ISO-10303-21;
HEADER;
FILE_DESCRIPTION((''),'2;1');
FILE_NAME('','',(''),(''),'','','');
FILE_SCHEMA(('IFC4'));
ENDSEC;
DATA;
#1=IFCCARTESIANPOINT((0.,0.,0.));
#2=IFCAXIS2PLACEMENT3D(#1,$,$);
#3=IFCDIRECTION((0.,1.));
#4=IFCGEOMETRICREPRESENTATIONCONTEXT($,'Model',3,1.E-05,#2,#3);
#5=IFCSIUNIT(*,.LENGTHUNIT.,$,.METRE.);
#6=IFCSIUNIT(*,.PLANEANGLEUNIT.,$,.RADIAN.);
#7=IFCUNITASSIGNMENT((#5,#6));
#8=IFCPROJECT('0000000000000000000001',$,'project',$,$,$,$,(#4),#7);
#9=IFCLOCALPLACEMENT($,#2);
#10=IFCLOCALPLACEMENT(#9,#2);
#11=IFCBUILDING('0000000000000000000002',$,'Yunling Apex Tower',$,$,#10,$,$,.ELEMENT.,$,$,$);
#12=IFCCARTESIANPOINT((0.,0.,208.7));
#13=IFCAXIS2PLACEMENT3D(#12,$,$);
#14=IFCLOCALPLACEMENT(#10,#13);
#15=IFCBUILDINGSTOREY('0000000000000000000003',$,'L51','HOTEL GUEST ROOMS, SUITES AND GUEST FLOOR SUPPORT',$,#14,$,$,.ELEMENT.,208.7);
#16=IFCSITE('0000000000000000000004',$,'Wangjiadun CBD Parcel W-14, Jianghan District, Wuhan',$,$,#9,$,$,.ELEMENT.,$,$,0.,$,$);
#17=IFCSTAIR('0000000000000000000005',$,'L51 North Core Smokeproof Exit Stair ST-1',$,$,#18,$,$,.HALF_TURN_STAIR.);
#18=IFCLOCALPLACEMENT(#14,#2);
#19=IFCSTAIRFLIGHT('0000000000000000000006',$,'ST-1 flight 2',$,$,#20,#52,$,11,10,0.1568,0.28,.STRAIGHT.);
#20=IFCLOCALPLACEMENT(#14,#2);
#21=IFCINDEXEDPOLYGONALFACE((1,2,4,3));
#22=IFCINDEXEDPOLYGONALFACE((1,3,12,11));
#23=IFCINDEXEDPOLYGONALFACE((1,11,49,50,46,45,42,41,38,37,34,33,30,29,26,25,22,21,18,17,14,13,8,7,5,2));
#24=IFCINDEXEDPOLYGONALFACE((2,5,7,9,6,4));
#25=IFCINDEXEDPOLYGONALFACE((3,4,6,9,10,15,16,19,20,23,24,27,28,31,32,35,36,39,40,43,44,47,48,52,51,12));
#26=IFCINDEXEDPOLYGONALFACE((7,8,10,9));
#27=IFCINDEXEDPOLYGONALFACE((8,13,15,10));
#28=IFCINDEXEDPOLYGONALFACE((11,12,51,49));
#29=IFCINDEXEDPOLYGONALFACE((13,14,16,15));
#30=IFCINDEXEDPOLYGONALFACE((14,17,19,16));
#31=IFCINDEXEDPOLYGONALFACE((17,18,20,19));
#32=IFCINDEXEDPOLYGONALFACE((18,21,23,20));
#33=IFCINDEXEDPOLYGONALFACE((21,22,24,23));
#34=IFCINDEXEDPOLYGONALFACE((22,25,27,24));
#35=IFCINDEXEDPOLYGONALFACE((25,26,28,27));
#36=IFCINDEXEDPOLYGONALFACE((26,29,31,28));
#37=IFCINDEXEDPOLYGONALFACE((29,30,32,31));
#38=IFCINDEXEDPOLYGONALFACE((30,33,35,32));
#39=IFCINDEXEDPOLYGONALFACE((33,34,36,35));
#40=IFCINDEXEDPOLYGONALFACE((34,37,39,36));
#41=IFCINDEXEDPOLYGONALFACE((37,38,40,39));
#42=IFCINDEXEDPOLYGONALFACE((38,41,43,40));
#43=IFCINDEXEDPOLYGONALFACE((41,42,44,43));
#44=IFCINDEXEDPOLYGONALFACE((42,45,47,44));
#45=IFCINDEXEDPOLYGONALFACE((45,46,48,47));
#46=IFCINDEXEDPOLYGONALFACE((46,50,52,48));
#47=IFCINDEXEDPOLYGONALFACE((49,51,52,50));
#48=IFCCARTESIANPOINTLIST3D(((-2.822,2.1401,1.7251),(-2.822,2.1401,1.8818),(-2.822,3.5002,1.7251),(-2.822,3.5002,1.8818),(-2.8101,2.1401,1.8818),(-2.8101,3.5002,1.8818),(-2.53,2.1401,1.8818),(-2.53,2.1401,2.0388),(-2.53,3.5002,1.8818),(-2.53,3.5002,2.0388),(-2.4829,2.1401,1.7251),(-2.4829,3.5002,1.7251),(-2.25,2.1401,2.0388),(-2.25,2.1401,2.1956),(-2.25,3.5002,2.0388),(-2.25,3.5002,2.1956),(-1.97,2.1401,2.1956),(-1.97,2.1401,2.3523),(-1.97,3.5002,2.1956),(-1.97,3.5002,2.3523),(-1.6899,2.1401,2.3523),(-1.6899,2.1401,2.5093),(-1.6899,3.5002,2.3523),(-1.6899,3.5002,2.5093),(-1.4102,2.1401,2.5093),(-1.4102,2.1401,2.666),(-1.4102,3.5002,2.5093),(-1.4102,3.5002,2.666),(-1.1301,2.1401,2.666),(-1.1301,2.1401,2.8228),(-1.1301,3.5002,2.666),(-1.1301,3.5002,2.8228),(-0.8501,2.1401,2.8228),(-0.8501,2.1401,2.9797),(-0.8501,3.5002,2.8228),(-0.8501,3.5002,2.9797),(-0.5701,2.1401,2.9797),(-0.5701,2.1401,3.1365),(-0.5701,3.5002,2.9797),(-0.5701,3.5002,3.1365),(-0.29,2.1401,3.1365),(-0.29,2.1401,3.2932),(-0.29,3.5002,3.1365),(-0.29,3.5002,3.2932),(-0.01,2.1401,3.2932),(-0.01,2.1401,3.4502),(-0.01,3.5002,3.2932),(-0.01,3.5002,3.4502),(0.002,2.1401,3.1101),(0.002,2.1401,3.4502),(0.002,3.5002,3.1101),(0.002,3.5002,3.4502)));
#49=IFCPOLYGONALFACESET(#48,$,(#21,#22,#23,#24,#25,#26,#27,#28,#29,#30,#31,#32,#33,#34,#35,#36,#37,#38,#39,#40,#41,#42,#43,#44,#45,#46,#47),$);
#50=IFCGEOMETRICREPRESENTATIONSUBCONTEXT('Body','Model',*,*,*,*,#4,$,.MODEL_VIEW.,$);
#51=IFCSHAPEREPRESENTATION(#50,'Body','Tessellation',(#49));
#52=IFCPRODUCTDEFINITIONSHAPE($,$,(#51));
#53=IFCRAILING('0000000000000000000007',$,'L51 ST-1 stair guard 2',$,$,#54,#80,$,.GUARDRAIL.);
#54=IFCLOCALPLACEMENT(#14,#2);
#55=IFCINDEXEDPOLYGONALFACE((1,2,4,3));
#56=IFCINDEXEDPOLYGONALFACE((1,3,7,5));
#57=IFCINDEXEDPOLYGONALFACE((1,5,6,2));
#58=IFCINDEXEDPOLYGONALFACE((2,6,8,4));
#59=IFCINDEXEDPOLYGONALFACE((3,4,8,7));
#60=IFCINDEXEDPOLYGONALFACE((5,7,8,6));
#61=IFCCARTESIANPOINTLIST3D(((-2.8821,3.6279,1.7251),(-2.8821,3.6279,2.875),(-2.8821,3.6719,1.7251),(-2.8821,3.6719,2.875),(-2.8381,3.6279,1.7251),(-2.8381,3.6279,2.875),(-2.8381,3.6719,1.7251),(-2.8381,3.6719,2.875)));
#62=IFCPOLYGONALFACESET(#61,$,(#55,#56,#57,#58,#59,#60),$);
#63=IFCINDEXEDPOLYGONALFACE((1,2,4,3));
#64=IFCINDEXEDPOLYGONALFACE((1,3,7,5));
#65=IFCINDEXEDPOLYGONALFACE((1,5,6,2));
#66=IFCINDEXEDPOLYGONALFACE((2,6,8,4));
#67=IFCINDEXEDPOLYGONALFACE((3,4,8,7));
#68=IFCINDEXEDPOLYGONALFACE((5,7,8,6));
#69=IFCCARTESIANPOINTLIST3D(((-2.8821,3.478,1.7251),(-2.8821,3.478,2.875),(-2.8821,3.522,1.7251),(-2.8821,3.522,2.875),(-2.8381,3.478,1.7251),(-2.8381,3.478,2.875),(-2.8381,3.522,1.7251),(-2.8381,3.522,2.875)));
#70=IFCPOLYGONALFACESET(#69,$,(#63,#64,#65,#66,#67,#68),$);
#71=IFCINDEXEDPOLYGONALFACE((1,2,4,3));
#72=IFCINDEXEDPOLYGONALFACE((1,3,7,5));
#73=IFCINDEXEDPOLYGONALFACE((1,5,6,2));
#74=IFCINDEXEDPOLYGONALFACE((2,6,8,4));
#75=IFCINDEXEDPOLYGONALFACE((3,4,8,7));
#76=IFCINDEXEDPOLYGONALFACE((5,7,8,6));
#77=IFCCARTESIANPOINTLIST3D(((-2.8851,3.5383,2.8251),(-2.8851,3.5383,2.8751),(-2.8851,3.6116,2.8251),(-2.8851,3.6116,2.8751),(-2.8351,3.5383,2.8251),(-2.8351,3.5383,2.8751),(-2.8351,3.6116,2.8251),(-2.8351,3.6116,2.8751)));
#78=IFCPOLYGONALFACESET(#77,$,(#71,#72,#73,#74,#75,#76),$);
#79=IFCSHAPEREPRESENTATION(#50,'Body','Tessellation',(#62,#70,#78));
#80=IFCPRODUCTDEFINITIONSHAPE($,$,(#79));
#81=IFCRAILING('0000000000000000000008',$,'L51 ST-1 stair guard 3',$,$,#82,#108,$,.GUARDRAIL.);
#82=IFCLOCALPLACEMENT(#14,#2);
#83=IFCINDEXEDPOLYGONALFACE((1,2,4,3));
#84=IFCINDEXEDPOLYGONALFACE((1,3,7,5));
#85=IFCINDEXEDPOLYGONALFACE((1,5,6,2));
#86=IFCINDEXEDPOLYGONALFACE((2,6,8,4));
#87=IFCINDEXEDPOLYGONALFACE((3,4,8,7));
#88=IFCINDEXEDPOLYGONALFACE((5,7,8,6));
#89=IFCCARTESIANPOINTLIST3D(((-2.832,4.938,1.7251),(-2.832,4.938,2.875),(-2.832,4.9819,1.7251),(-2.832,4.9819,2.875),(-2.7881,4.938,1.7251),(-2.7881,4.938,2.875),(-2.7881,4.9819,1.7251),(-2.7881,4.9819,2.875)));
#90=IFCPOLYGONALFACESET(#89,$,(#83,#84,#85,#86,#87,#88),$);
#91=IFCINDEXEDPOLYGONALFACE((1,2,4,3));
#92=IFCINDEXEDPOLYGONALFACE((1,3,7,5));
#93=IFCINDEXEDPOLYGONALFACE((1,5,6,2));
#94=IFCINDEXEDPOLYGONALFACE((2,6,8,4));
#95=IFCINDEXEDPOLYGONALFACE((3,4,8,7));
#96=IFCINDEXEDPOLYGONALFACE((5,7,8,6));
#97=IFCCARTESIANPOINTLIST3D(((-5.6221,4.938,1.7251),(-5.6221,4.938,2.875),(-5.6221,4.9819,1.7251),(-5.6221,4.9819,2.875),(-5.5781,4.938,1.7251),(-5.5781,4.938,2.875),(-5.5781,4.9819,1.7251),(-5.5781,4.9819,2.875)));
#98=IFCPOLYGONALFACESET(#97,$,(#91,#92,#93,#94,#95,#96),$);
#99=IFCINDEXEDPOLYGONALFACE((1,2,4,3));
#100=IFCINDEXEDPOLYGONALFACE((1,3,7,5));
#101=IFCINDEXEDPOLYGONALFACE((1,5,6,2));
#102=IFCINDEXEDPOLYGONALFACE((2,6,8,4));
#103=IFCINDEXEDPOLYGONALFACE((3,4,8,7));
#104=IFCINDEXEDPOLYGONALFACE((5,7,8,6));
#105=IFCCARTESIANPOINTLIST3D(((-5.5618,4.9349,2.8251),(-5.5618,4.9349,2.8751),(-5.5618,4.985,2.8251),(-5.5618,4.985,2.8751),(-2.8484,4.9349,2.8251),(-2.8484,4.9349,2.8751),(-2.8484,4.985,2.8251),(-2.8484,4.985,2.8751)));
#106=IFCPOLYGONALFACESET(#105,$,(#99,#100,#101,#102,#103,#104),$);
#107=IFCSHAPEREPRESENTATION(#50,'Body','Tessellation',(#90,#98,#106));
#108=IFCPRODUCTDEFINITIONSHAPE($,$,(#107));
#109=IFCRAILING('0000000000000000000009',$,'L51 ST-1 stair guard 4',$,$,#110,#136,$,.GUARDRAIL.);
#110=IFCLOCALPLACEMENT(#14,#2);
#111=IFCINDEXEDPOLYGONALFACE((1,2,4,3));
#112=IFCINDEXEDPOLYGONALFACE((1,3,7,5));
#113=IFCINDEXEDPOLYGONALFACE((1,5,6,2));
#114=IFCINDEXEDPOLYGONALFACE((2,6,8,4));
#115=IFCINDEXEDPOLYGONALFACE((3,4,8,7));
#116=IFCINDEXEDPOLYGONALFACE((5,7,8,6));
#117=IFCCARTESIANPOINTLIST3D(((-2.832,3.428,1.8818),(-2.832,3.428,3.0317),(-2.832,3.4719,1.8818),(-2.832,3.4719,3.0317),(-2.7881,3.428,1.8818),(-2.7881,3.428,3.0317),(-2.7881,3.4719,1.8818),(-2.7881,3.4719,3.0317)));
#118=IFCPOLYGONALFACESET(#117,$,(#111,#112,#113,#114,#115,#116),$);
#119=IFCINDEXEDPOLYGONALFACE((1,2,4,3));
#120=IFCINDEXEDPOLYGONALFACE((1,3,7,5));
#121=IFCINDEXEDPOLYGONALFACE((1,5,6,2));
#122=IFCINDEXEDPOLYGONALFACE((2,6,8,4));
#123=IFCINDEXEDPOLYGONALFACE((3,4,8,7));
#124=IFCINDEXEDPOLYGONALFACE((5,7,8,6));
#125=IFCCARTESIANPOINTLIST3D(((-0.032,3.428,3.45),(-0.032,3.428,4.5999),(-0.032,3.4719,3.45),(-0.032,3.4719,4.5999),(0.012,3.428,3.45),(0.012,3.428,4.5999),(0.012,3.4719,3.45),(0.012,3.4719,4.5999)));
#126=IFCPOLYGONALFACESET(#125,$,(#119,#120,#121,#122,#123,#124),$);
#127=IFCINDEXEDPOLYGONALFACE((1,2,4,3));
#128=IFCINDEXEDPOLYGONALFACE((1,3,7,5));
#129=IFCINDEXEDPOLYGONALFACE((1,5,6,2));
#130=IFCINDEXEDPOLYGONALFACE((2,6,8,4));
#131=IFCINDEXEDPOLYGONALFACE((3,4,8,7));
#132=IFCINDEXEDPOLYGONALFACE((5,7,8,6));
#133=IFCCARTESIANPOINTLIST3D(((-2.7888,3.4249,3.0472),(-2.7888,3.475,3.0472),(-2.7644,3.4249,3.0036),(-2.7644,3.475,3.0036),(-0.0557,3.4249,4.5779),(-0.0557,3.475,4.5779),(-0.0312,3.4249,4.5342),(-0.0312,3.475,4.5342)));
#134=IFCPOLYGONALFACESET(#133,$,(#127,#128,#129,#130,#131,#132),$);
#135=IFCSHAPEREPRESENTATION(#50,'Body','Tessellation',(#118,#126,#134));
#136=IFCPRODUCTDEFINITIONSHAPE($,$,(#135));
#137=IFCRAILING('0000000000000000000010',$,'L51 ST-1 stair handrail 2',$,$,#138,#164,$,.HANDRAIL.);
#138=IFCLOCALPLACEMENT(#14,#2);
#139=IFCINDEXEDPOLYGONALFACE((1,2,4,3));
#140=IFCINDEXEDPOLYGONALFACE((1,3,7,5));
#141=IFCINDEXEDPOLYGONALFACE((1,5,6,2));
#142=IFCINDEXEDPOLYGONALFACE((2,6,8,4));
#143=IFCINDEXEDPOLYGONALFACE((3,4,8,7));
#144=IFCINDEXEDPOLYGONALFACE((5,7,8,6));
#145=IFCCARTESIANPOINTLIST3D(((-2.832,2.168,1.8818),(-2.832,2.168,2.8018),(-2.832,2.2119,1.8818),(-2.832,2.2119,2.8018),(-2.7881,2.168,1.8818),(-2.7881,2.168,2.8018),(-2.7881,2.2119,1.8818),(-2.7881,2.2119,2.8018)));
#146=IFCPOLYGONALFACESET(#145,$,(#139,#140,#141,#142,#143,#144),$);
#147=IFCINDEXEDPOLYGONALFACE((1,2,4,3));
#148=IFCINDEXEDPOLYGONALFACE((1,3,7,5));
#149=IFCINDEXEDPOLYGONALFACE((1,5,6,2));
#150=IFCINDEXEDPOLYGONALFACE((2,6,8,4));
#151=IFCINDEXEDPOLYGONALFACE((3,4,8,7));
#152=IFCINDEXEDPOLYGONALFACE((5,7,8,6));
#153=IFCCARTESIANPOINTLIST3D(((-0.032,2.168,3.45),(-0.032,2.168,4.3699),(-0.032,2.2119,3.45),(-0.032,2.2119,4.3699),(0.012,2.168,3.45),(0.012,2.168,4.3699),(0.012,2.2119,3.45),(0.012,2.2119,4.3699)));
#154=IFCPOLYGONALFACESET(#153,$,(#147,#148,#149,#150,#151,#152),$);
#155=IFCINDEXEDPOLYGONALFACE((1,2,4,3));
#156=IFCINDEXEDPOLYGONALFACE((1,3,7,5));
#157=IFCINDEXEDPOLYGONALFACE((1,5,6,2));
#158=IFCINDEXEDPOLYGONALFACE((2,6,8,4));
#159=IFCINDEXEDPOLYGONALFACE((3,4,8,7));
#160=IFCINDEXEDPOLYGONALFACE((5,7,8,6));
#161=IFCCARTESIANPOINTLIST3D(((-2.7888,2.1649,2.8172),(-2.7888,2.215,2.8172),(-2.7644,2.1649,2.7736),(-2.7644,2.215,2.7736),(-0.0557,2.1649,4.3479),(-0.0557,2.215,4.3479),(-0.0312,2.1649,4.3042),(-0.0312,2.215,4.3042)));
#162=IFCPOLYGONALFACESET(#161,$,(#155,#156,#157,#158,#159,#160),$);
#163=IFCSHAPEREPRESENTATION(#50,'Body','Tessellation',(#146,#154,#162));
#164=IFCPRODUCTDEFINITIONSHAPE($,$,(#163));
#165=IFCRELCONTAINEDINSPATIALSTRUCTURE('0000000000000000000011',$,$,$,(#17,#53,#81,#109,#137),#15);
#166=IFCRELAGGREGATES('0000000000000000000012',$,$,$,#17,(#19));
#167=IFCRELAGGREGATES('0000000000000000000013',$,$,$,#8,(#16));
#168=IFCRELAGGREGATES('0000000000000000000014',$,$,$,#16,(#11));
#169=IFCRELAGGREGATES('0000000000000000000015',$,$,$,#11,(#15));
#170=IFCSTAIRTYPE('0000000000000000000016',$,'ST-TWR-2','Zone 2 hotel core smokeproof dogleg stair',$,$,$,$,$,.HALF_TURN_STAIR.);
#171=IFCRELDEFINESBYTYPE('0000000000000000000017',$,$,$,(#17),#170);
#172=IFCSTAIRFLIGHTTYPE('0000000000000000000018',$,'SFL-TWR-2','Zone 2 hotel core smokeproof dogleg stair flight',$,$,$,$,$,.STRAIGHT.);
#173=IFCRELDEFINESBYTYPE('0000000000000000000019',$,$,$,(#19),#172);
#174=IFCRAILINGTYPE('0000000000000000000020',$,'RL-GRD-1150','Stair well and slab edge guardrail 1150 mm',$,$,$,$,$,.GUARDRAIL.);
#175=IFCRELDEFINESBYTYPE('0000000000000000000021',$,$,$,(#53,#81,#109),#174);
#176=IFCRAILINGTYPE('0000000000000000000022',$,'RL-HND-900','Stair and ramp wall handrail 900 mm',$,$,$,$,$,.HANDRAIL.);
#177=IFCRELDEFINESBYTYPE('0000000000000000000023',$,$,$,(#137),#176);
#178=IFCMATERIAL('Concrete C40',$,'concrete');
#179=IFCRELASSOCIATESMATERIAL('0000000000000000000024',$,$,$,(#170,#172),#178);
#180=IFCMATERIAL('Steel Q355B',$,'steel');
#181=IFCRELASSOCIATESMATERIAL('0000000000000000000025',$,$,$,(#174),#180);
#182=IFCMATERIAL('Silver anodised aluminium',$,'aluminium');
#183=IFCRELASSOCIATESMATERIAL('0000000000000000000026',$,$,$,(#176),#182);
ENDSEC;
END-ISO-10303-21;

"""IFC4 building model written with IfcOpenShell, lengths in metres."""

from ifc_helpers import new_model, si_unit, direction, frame, origin, origin_2d, place, context, subcontext, project, spatial, polyline, rectangle, outline, extrude, material, type_object, element, aggregate, save


model = new_model("IFC4")

# Units and contexts
model_context = context("Model", 3, precision=1e-05, world=origin(), true_north=direction((0.0, 1.0)))
body_context = subcontext(model_context, "Body", "Model", "MODEL_VIEW")
ifc_project = project(units=[si_unit("LENGTHUNIT", "METRE"), si_unit("PLANEANGLEUNIT", "RADIAN")], contexts=[model_context])

# Site, building, storey
site_placement = place(None, origin())
site = spatial("IfcSite", under=ifc_project, at=site_placement, Name="Wangjiadun CBD Parcel W-14, Jianghan District, Wuhan", CompositionType="ELEMENT", RefElevation=0.0)
building_placement = place(site_placement, origin())
building = spatial("IfcBuilding", under=site, at=building_placement, Name="Yunling Apex Tower", CompositionType="ELEMENT")
storey_placement = place(building_placement, frame((0.0, 0.0, 208.7)))
storey = spatial("IfcBuildingStorey", under=building, at=storey_placement, Name="L51", Description="HOTEL GUEST ROOMS, SUITES AND GUEST FLOOR SUPPORT", CompositionType="ELEMENT", Elevation=208.7)

# Shared definitions
ifc_material_1 = material(Name="Steel Q355B", Category="steel")

# Shared definitions
ifc_material_2 = material(Name="Concrete C40", Category="concrete")

# Shared definitions
ifc_material_3 = material(Name="Silver anodised aluminium", Category="aluminium")

# Stair, stair flight
stair_type = type_object("IfcStairType", Name="ST-TWR-2", Description="Zone 2 hotel core smokeproof dogleg stair", PredefinedType="HALF_TURN_STAIR", material=ifc_material_2)
stair_placement = place(storey_placement, origin())
stair = element("IfcStair", 1, at=stair_placement, inside=storey, type_object=stair_type, Name="L51 North Core Smokeproof Exit Stair ST-1", PredefinedType="HALF_TURN_STAIR")
stair_flight_type = type_object("IfcStairFlightType", Name="SFL-TWR-2", Description="Zone 2 hotel core smokeproof dogleg stair flight", PredefinedType="STRAIGHT", material=ifc_material_2)
stair_flight_placement = place(storey_placement, frame((-2.8101, 2.8201, 1.7251), z_axis=(0.0, 0.0, 1.0), x_axis=(1.0, 0.0, 0.0)))
stair_flight = element("IfcStairFlight", 2, at=stair_flight_placement, type_object=stair_flight_type, Name="ST-1 flight 2", NumberOfRisers=11, NumberOfTreads=10, PredefinedType="STRAIGHT", RiserHeight=0.1568, TreadLength=0.28, context=body_context, shape_type="SweptSolid", body=[
    extrude(outline(polyline([(-0.012, 0.0), (-0.012, 0.1567), (0.0, 0.1567), (0.28, 0.1567), (0.28, 0.3137), (0.5601, 0.3137), (0.5601, 0.4705), (0.8401, 0.4705), (0.8401, 0.6272), (1.1201, 0.6272), (1.1201, 0.7842), (1.3999, 0.7842), (1.3999, 0.9409), (1.6799, 0.9409), (1.6799, 1.0977), (1.96, 1.0977), (1.96, 1.2546), (2.24, 1.2546), (2.24, 1.4114), (2.52, 1.4114), (2.52, 1.5681), (2.8, 1.5681), (2.8, 1.7251), (2.812, 1.7251), (2.812, 1.385), (0.3271, 0.0), (-0.012, 0.0)])), frame((0.0, 0.6802, 0.0), z_axis=(0.0, -1.0, 0.0), x_axis=(1.0, 0.0, 0.0)), (0.0, 0.0, 1.0), 1.3601),
])
aggregate(stair, [stair_flight])

# Railings
railing_type_1 = type_object("IfcRailingType", Name="RL-GRD-1150", Description="Stair well and slab edge guardrail 1150 mm", PredefinedType="GUARDRAIL", material=ifc_material_1)
railing_1_placement = place(storey_placement, frame((-2.8601, 3.6499, 1.7251)))
element("IfcRailing", 3, at=railing_1_placement, inside=storey, type_object=railing_type_1, Name="L51 ST-1 stair guard 2", PredefinedType="GUARDRAIL", context=body_context, shape_type="SweptSolid", body=[
    extrude(rectangle(XDim=0.0439, YDim=0.0439, at=origin_2d()), origin(), (0.0, 0.0, 1.0), 1.1499),
    extrude(rectangle(XDim=0.0439, YDim=0.0439, at=origin_2d()), frame((0.0, -0.1499, 0.0)), (0.0, 0.0, 1.0), 1.1499),
    extrude(rectangle(XDim=0.05, YDim=0.05, at=origin_2d()), frame((0.0, -0.0383, 1.125), z_axis=(0.0, -1.0, 0.0), x_axis=(1.0, 0.0, 0.0)), (0.0, 0.0, 1.0), 0.0732),
])
railing_2_placement = place(storey_placement, frame((-2.8101, 4.96, 1.7251)))
element("IfcRailing", 4, at=railing_2_placement, inside=storey, type_object=railing_type_1, Name="L51 ST-1 stair guard 3", PredefinedType="GUARDRAIL", context=body_context, shape_type="SweptSolid", body=[
    extrude(rectangle(XDim=0.0439, YDim=0.0439, at=origin_2d()), origin(), (0.0, 0.0, 1.0), 1.1499),
    extrude(rectangle(XDim=0.0439, YDim=0.0439, at=origin_2d()), frame((-2.79, 0.0, 0.0)), (0.0, 0.0, 1.0), 1.1499),
    extrude(rectangle(XDim=0.05, YDim=0.05, at=origin_2d()), frame((-0.0383, 0.0, 1.125), z_axis=(-1.0, 0.0, 0.0), x_axis=(0.0, -1.0, 0.0)), (0.0, 0.0, 1.0), 2.7134),
])
railing_3_placement = place(storey_placement, frame((-2.8101, 3.45, 1.8818)))
element("IfcRailing", 5, at=railing_3_placement, inside=storey, type_object=railing_type_1, Name="L51 ST-1 stair guard 4", PredefinedType="GUARDRAIL", context=body_context, shape_type="SweptSolid", body=[
    extrude(rectangle(XDim=0.0439, YDim=0.0439, at=origin_2d()), origin(), (0.0, 0.0, 1.0), 1.1499),
    extrude(rectangle(XDim=0.0439, YDim=0.0439, at=origin_2d()), frame((2.8, 0.0, 1.5681)), (0.0, 0.0, 1.0), 1.1499),
    extrude(rectangle(XDim=0.05, YDim=0.05, at=origin_2d()), frame((0.0334, 0.0, 1.1436), z_axis=(0.872494, 0.0, 0.488624), x_axis=(0.0, 1.0, 0.0)), (0.0, 0.0, 1.0), 3.1326),
])
railing_type_2 = type_object("IfcRailingType", Name="RL-HND-900", Description="Stair and ramp wall handrail 900 mm", PredefinedType="HANDRAIL", material=ifc_material_3)
railing_4_placement = place(storey_placement, frame((-2.8101, 2.1899, 1.8818)))
element("IfcRailing", 6, at=railing_4_placement, inside=storey, type_object=railing_type_2, Name="L51 ST-1 stair handrail 2", PredefinedType="HANDRAIL", context=body_context, shape_type="SweptSolid", body=[
    extrude(rectangle(XDim=0.0439, YDim=0.0439, at=origin_2d()), origin(), (0.0, 0.0, 1.0), 0.9199),
    extrude(rectangle(XDim=0.0439, YDim=0.0439, at=origin_2d()), frame((2.8, 0.0, 1.5681)), (0.0, 0.0, 1.0), 0.9199),
    extrude(rectangle(XDim=0.05, YDim=0.05, at=origin_2d()), frame((0.0334, 0.0, 0.9136), z_axis=(0.872494, 0.0, 0.488624), x_axis=(0.0, 1.0, 0.0)), (0.0, 0.0, 1.0), 3.1326),
])

save(model, "model.ifc")
